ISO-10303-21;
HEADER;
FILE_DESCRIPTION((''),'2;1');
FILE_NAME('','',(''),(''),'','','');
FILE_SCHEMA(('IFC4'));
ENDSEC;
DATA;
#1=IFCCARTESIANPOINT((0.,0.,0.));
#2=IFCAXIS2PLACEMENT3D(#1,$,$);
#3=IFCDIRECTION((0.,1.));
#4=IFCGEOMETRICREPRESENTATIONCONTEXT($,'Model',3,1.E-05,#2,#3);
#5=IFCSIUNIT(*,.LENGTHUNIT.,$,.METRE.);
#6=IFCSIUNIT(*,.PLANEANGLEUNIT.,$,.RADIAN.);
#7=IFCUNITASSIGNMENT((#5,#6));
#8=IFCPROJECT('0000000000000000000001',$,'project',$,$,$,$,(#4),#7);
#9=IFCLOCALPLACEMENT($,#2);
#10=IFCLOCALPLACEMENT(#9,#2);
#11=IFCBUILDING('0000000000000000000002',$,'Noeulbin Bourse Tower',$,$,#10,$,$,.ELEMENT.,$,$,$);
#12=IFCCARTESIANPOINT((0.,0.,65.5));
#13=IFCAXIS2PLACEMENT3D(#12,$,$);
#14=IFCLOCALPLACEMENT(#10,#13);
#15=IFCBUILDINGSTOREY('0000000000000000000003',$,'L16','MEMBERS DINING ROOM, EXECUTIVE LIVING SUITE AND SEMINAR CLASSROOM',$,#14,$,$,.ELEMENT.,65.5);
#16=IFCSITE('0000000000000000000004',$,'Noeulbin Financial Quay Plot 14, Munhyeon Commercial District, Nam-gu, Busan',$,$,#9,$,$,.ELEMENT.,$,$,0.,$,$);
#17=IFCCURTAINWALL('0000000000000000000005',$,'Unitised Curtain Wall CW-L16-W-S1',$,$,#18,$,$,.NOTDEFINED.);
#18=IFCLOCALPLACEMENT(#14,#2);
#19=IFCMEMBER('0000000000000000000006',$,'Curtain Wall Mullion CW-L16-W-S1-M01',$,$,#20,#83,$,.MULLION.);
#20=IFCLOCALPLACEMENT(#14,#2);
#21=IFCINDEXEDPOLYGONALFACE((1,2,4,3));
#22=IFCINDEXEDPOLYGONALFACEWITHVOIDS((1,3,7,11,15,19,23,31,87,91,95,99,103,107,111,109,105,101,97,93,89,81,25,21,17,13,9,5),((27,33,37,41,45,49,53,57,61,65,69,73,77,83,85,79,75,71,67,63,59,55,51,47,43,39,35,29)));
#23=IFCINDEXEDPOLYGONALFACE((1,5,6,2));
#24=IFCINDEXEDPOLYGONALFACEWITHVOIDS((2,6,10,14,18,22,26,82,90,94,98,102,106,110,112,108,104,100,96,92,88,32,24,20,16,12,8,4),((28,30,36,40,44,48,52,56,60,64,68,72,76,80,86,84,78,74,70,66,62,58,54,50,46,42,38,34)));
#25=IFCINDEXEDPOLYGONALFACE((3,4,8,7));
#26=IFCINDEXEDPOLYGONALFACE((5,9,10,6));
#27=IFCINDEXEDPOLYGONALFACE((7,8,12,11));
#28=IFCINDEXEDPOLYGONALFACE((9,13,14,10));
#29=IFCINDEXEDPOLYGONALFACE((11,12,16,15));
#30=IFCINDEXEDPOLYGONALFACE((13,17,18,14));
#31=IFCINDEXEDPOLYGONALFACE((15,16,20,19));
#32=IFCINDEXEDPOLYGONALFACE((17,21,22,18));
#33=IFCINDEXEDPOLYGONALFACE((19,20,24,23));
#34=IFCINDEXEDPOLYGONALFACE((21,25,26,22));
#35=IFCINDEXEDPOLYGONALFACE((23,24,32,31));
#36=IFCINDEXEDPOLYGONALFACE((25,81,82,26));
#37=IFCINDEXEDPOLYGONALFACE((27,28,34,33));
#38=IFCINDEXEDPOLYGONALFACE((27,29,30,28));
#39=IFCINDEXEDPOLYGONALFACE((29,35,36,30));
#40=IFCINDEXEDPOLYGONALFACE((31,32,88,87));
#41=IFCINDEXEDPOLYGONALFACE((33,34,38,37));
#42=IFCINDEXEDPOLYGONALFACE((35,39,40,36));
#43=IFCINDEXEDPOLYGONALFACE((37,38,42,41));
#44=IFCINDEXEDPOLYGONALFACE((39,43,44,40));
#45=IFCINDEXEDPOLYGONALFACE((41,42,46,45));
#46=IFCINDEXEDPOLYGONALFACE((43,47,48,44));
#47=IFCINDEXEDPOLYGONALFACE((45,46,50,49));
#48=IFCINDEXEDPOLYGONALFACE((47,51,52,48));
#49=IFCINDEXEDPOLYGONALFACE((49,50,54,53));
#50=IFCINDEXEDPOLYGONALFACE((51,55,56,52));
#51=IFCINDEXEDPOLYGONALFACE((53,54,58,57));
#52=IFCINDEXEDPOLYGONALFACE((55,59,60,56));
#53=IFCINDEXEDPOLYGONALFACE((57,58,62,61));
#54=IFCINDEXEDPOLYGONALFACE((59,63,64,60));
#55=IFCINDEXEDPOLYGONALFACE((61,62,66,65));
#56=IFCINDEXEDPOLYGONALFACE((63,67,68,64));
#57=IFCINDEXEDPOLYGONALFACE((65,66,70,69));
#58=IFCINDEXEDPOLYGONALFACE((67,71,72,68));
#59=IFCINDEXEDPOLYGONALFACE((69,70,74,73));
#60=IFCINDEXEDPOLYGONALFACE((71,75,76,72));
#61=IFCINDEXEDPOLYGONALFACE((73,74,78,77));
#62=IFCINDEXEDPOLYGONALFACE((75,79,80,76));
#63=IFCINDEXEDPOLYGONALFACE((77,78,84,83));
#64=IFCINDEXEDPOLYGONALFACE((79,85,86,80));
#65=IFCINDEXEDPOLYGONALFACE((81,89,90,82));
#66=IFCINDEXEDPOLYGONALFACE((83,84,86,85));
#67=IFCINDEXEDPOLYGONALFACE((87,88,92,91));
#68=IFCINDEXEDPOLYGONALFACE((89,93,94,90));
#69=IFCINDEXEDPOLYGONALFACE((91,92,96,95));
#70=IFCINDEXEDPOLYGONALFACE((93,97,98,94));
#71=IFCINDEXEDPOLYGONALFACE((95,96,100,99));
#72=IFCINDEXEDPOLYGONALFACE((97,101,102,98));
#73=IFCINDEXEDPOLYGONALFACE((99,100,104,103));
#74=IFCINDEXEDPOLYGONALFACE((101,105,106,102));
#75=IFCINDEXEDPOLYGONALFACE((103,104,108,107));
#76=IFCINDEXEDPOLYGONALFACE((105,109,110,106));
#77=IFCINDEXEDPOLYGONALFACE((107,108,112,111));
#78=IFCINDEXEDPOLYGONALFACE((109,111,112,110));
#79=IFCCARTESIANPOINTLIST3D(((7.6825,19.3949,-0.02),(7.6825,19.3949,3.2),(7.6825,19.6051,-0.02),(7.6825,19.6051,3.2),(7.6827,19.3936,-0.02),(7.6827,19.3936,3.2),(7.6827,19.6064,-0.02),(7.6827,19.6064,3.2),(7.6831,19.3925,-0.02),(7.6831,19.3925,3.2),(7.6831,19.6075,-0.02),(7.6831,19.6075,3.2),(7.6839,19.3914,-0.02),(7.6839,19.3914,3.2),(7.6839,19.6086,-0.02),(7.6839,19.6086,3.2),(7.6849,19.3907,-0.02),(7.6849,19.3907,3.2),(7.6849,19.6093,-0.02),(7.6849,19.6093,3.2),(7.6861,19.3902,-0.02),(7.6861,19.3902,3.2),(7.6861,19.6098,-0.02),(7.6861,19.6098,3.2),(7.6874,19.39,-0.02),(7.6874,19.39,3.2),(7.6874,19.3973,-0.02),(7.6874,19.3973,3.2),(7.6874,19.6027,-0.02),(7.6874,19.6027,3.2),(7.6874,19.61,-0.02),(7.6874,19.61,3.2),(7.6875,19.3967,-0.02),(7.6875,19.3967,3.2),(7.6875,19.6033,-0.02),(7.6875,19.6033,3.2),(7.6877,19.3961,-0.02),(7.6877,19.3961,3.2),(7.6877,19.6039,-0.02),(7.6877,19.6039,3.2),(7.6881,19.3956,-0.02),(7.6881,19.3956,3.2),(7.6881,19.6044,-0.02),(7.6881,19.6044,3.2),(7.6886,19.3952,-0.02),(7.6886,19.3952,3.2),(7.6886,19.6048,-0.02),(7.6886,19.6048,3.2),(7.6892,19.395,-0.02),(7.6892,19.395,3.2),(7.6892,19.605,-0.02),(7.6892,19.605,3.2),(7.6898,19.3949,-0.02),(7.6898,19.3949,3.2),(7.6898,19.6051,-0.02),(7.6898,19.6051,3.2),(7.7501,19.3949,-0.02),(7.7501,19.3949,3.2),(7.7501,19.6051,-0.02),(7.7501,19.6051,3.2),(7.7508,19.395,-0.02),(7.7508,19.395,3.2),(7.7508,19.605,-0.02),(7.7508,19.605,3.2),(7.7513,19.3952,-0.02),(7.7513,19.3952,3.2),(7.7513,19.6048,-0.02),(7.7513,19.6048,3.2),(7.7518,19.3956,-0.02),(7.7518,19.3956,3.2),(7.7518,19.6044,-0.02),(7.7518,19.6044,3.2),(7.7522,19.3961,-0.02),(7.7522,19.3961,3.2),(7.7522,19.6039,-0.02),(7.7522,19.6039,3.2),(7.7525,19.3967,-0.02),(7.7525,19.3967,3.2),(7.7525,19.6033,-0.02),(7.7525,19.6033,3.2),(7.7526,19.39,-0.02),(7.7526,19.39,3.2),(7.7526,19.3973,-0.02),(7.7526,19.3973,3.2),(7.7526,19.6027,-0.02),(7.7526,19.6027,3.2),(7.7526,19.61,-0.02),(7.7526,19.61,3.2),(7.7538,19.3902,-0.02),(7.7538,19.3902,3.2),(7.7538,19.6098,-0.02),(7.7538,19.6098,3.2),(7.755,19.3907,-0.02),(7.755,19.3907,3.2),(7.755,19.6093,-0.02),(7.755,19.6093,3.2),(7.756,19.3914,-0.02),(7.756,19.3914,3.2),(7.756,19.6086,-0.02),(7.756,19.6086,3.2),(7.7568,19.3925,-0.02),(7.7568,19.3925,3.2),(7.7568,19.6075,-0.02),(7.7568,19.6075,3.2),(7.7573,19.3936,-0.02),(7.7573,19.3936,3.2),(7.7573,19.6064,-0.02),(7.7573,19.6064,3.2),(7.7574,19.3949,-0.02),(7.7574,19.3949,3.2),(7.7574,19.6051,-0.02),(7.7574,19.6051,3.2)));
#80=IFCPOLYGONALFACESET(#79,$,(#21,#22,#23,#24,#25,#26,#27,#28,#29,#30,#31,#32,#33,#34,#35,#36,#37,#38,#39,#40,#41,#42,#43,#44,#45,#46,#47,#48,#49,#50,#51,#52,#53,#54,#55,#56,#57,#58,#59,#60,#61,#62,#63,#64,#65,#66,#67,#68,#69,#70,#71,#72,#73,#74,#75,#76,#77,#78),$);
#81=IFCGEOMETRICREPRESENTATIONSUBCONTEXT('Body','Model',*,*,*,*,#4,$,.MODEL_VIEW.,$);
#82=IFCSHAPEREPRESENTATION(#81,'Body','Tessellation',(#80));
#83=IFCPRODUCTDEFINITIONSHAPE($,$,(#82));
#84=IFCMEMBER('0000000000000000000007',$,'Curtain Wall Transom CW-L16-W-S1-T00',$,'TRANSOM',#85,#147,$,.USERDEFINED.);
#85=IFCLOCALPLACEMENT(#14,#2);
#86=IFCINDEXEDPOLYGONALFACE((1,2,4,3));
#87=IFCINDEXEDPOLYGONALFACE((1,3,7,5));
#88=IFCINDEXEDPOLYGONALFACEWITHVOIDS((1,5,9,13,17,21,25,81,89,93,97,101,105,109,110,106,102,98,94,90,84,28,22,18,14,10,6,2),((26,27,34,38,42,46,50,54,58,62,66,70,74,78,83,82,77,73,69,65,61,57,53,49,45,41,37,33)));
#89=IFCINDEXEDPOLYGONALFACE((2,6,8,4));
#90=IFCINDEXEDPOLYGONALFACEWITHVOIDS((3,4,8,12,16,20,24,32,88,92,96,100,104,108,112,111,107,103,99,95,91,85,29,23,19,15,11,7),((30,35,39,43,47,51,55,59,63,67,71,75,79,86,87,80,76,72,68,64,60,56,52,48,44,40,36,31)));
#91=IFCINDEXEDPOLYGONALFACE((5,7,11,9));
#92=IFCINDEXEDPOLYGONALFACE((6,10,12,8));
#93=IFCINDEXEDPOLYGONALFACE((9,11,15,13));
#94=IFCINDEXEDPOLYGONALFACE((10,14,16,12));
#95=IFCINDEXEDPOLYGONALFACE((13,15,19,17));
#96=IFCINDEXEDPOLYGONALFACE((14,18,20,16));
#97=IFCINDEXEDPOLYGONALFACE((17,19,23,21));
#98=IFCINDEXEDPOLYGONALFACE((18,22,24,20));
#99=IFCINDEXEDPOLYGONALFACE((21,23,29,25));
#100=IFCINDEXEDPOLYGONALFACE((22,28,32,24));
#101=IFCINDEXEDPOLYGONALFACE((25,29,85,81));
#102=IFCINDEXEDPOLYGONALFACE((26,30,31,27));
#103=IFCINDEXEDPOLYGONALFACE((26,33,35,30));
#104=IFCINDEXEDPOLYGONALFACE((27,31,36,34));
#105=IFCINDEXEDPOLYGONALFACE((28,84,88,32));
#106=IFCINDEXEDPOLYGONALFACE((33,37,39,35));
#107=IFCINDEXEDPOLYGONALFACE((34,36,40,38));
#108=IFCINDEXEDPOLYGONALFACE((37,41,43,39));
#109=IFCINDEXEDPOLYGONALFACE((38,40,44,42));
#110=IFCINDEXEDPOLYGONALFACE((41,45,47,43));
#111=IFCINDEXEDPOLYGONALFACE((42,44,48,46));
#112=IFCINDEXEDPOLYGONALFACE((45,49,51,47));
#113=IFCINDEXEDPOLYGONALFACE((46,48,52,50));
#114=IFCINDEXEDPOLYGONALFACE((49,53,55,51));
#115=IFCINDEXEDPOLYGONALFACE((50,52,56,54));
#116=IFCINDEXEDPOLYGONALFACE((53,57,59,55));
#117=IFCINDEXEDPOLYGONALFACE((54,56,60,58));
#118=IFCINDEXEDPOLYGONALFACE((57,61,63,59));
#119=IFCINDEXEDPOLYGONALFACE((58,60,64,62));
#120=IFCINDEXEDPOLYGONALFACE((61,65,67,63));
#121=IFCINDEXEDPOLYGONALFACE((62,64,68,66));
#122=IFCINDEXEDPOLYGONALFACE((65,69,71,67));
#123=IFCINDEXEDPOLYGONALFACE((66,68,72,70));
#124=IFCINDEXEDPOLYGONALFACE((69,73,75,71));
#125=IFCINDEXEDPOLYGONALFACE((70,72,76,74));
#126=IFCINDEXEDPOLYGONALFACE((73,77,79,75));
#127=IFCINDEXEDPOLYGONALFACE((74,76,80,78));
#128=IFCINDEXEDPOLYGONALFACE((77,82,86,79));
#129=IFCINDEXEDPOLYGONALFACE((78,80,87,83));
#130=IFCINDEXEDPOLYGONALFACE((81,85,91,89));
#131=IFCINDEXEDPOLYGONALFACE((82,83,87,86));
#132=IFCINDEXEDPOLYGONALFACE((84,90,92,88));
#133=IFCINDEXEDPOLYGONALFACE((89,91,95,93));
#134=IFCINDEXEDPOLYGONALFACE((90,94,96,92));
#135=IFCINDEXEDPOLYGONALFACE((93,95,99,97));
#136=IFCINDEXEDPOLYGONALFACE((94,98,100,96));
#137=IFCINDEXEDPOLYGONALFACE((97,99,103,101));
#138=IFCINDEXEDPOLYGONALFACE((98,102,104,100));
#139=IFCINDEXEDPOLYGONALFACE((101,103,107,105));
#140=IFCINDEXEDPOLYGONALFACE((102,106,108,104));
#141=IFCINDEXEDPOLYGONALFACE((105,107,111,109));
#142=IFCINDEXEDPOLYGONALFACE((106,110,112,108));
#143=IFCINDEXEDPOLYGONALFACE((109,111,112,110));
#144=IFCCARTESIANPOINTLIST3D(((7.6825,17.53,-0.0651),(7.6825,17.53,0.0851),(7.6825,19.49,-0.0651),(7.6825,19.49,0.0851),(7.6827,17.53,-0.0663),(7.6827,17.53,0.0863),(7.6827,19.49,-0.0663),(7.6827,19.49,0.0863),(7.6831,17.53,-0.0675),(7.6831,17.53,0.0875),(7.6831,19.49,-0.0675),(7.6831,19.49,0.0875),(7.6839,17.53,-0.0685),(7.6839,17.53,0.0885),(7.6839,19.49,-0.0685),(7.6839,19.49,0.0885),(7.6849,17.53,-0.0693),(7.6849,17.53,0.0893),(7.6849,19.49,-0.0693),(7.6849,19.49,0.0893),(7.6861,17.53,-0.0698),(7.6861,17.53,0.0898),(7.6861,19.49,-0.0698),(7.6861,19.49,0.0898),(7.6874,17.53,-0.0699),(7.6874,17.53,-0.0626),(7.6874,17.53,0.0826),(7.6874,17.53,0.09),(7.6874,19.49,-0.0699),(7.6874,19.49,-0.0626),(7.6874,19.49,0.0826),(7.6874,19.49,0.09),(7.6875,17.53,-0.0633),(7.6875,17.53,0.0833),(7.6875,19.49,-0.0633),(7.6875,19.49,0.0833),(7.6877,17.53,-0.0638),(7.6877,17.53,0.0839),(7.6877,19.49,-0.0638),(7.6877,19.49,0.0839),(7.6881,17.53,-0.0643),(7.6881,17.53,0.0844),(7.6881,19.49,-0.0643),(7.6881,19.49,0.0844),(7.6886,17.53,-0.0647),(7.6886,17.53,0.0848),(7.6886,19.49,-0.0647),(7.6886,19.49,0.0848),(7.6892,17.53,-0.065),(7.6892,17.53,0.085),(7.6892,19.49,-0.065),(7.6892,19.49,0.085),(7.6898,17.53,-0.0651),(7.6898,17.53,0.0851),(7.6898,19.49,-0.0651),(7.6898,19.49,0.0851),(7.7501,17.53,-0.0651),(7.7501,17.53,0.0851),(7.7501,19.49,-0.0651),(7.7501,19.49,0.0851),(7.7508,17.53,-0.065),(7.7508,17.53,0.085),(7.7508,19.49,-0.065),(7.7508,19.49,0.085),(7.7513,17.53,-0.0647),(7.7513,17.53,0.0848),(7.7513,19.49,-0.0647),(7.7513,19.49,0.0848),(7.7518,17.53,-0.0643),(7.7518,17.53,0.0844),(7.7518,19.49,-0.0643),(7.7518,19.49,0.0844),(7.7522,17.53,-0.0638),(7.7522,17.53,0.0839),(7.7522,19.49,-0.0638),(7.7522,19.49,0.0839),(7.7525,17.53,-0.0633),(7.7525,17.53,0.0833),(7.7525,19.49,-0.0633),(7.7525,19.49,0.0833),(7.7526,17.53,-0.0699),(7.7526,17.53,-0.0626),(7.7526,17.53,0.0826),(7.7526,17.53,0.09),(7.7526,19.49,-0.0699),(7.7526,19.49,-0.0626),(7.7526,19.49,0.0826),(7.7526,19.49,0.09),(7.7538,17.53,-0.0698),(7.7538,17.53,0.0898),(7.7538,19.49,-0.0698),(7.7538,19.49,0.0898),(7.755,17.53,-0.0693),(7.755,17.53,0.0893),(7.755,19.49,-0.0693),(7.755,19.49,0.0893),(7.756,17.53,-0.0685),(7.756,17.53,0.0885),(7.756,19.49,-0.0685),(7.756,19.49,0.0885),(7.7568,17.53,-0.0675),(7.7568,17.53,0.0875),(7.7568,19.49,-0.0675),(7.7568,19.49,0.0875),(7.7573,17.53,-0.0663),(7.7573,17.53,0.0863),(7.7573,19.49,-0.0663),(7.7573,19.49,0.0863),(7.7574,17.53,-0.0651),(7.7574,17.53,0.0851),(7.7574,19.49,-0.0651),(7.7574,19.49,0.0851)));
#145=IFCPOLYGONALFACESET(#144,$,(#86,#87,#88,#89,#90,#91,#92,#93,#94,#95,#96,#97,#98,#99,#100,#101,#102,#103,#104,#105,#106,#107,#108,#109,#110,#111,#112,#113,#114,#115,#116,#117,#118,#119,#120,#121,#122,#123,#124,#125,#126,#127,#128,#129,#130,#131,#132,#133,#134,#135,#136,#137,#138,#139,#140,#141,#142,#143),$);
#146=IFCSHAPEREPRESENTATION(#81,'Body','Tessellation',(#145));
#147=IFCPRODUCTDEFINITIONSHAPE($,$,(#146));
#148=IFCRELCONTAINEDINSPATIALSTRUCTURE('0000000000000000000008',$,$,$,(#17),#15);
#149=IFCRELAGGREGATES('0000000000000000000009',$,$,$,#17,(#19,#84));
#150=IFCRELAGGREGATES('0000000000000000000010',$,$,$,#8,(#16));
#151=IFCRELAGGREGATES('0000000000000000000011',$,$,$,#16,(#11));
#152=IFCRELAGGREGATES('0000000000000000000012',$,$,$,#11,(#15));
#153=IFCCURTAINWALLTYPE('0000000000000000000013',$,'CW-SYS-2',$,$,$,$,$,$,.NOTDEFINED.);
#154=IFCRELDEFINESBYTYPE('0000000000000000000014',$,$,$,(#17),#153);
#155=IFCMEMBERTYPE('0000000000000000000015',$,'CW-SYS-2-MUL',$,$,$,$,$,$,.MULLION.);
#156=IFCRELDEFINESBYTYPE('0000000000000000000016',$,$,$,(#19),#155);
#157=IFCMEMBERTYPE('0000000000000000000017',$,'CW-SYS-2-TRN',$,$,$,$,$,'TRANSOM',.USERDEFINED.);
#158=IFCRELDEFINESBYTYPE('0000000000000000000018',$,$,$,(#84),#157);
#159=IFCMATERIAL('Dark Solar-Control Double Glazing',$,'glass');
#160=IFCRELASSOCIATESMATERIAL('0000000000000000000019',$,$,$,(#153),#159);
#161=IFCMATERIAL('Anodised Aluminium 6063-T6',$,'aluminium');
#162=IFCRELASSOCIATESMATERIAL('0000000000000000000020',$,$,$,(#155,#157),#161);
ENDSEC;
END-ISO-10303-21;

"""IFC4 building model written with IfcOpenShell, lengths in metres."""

from ifc_helpers import new_model, si_unit, direction, frame, origin, origin_2d, place, context, subcontext, project, spatial, hollow_rectangle, extrude, material, material_profile, profile_set, type_object, element, aggregate, save


model = new_model("IFC4")

# Units and contexts
model_context = context("Model", 3, precision=1e-05, world=origin(), true_north=direction((0.0, 1.0)))
body_context = subcontext(model_context, "Body", "Model", "MODEL_VIEW")
ifc_project = project(units=[si_unit("LENGTHUNIT", "METRE"), si_unit("PLANEANGLEUNIT", "RADIAN")], contexts=[model_context])

# Site, building, storey
site_placement = place(None, origin())
site = spatial("IfcSite", under=ifc_project, at=site_placement, Name="Noeulbin Financial Quay Plot 14, Munhyeon Commercial District, Nam-gu, Busan", CompositionType="ELEMENT", RefElevation=0.0)
building_placement = place(site_placement, origin())
building = spatial("IfcBuilding", under=site, at=building_placement, Name="Noeulbin Bourse Tower", CompositionType="ELEMENT")
storey_placement = place(building_placement, frame((0.0, 0.0, 65.5)))
storey = spatial("IfcBuildingStorey", under=building, at=storey_placement, Name="L16", Description="MEMBERS DINING ROOM, EXECUTIVE LIVING SUITE AND SEMINAR CLASSROOM", CompositionType="ELEMENT", Elevation=65.5)

# Curtain wall, members
ifc_material_1 = material(Name="Dark Solar-Control Double Glazing", Category="glass")
curtain_wall_type = type_object("IfcCurtainWallType", Name="CW-SYS-2", PredefinedType="NOTDEFINED", material=ifc_material_1)
curtain_wall_placement = place(storey_placement, origin())
curtain_wall = element("IfcCurtainWall", 1, at=curtain_wall_placement, inside=storey, type_object=curtain_wall_type, Name="Unitised Curtain Wall CW-L16-W-S1", PredefinedType="NOTDEFINED")
ifc_material_2 = material(Name="Anodised Aluminium 6063-T6", Category="aluminium")
ifc_material_profile_1 = material_profile(ifc_material_2, hollow_rectangle(XDim=0.075, YDim=0.22, WallThickness=0.0049, InnerFilletRadius=0.0024, OuterFilletRadius=0.0049, at=origin_2d()), Name="ALU-MULL-75x220x5", Category="LoadBearing")
ifc_profile_set_1 = profile_set([ifc_material_profile_1], Name="Anodised Aluminium 6063-T6")
member_type_1 = type_object("IfcMemberType", Name="CW-SYS-2-MUL", PredefinedType="MULLION", material=ifc_profile_set_1)
member_1_placement = place(storey_placement, frame((7.72, 19.5, -0.02), z_axis=(0.0, 0.0, 1.0), x_axis=(1.0, 0.0, 0.0)))
member_1 = element("IfcMember", 2, at=member_1_placement, type_object=member_type_1, Name="Curtain Wall Mullion CW-L16-W-S1-M01", PredefinedType="MULLION", context=body_context, shape_type="SweptSolid", body=[
    extrude(hollow_rectangle(XDim=0.075, YDim=0.22, WallThickness=0.0049, InnerFilletRadius=0.0024, OuterFilletRadius=0.0049, at=origin_2d()), origin(), (0.0, 0.0, 1.0), 3.22),
])
ifc_material_profile_2 = material_profile(ifc_material_2, hollow_rectangle(XDim=0.075, YDim=0.1599, WallThickness=0.0049, InnerFilletRadius=0.0024, OuterFilletRadius=0.0049, at=origin_2d()), Name="ALU-TRAN-75x160x5", Category="LoadBearing")
ifc_profile_set_2 = profile_set([ifc_material_profile_2], Name="Anodised Aluminium 6063-T6")
member_type_2 = type_object("IfcMemberType", Name="CW-SYS-2-TRN", ElementType="TRANSOM", PredefinedType="USERDEFINED", material=ifc_profile_set_2)
member_2_placement = place(storey_placement, frame((7.72, 17.53, 0.01), z_axis=(0.0, 1.0, 0.0), x_axis=(-1.0, 0.0, 0.0)))
member_2 = element("IfcMember", 3, at=member_2_placement, type_object=member_type_2, Name="Curtain Wall Transom CW-L16-W-S1-T00", ObjectType="TRANSOM", PredefinedType="USERDEFINED", context=body_context, shape_type="SweptSolid", body=[
    extrude(hollow_rectangle(XDim=0.075, YDim=0.1599, WallThickness=0.0049, InnerFilletRadius=0.0024, OuterFilletRadius=0.0049, at=origin_2d()), origin(), (0.0, 0.0, 1.0), 1.96),
])
aggregate(curtain_wall, [member_1, member_2])

save(model, "model.ifc")
